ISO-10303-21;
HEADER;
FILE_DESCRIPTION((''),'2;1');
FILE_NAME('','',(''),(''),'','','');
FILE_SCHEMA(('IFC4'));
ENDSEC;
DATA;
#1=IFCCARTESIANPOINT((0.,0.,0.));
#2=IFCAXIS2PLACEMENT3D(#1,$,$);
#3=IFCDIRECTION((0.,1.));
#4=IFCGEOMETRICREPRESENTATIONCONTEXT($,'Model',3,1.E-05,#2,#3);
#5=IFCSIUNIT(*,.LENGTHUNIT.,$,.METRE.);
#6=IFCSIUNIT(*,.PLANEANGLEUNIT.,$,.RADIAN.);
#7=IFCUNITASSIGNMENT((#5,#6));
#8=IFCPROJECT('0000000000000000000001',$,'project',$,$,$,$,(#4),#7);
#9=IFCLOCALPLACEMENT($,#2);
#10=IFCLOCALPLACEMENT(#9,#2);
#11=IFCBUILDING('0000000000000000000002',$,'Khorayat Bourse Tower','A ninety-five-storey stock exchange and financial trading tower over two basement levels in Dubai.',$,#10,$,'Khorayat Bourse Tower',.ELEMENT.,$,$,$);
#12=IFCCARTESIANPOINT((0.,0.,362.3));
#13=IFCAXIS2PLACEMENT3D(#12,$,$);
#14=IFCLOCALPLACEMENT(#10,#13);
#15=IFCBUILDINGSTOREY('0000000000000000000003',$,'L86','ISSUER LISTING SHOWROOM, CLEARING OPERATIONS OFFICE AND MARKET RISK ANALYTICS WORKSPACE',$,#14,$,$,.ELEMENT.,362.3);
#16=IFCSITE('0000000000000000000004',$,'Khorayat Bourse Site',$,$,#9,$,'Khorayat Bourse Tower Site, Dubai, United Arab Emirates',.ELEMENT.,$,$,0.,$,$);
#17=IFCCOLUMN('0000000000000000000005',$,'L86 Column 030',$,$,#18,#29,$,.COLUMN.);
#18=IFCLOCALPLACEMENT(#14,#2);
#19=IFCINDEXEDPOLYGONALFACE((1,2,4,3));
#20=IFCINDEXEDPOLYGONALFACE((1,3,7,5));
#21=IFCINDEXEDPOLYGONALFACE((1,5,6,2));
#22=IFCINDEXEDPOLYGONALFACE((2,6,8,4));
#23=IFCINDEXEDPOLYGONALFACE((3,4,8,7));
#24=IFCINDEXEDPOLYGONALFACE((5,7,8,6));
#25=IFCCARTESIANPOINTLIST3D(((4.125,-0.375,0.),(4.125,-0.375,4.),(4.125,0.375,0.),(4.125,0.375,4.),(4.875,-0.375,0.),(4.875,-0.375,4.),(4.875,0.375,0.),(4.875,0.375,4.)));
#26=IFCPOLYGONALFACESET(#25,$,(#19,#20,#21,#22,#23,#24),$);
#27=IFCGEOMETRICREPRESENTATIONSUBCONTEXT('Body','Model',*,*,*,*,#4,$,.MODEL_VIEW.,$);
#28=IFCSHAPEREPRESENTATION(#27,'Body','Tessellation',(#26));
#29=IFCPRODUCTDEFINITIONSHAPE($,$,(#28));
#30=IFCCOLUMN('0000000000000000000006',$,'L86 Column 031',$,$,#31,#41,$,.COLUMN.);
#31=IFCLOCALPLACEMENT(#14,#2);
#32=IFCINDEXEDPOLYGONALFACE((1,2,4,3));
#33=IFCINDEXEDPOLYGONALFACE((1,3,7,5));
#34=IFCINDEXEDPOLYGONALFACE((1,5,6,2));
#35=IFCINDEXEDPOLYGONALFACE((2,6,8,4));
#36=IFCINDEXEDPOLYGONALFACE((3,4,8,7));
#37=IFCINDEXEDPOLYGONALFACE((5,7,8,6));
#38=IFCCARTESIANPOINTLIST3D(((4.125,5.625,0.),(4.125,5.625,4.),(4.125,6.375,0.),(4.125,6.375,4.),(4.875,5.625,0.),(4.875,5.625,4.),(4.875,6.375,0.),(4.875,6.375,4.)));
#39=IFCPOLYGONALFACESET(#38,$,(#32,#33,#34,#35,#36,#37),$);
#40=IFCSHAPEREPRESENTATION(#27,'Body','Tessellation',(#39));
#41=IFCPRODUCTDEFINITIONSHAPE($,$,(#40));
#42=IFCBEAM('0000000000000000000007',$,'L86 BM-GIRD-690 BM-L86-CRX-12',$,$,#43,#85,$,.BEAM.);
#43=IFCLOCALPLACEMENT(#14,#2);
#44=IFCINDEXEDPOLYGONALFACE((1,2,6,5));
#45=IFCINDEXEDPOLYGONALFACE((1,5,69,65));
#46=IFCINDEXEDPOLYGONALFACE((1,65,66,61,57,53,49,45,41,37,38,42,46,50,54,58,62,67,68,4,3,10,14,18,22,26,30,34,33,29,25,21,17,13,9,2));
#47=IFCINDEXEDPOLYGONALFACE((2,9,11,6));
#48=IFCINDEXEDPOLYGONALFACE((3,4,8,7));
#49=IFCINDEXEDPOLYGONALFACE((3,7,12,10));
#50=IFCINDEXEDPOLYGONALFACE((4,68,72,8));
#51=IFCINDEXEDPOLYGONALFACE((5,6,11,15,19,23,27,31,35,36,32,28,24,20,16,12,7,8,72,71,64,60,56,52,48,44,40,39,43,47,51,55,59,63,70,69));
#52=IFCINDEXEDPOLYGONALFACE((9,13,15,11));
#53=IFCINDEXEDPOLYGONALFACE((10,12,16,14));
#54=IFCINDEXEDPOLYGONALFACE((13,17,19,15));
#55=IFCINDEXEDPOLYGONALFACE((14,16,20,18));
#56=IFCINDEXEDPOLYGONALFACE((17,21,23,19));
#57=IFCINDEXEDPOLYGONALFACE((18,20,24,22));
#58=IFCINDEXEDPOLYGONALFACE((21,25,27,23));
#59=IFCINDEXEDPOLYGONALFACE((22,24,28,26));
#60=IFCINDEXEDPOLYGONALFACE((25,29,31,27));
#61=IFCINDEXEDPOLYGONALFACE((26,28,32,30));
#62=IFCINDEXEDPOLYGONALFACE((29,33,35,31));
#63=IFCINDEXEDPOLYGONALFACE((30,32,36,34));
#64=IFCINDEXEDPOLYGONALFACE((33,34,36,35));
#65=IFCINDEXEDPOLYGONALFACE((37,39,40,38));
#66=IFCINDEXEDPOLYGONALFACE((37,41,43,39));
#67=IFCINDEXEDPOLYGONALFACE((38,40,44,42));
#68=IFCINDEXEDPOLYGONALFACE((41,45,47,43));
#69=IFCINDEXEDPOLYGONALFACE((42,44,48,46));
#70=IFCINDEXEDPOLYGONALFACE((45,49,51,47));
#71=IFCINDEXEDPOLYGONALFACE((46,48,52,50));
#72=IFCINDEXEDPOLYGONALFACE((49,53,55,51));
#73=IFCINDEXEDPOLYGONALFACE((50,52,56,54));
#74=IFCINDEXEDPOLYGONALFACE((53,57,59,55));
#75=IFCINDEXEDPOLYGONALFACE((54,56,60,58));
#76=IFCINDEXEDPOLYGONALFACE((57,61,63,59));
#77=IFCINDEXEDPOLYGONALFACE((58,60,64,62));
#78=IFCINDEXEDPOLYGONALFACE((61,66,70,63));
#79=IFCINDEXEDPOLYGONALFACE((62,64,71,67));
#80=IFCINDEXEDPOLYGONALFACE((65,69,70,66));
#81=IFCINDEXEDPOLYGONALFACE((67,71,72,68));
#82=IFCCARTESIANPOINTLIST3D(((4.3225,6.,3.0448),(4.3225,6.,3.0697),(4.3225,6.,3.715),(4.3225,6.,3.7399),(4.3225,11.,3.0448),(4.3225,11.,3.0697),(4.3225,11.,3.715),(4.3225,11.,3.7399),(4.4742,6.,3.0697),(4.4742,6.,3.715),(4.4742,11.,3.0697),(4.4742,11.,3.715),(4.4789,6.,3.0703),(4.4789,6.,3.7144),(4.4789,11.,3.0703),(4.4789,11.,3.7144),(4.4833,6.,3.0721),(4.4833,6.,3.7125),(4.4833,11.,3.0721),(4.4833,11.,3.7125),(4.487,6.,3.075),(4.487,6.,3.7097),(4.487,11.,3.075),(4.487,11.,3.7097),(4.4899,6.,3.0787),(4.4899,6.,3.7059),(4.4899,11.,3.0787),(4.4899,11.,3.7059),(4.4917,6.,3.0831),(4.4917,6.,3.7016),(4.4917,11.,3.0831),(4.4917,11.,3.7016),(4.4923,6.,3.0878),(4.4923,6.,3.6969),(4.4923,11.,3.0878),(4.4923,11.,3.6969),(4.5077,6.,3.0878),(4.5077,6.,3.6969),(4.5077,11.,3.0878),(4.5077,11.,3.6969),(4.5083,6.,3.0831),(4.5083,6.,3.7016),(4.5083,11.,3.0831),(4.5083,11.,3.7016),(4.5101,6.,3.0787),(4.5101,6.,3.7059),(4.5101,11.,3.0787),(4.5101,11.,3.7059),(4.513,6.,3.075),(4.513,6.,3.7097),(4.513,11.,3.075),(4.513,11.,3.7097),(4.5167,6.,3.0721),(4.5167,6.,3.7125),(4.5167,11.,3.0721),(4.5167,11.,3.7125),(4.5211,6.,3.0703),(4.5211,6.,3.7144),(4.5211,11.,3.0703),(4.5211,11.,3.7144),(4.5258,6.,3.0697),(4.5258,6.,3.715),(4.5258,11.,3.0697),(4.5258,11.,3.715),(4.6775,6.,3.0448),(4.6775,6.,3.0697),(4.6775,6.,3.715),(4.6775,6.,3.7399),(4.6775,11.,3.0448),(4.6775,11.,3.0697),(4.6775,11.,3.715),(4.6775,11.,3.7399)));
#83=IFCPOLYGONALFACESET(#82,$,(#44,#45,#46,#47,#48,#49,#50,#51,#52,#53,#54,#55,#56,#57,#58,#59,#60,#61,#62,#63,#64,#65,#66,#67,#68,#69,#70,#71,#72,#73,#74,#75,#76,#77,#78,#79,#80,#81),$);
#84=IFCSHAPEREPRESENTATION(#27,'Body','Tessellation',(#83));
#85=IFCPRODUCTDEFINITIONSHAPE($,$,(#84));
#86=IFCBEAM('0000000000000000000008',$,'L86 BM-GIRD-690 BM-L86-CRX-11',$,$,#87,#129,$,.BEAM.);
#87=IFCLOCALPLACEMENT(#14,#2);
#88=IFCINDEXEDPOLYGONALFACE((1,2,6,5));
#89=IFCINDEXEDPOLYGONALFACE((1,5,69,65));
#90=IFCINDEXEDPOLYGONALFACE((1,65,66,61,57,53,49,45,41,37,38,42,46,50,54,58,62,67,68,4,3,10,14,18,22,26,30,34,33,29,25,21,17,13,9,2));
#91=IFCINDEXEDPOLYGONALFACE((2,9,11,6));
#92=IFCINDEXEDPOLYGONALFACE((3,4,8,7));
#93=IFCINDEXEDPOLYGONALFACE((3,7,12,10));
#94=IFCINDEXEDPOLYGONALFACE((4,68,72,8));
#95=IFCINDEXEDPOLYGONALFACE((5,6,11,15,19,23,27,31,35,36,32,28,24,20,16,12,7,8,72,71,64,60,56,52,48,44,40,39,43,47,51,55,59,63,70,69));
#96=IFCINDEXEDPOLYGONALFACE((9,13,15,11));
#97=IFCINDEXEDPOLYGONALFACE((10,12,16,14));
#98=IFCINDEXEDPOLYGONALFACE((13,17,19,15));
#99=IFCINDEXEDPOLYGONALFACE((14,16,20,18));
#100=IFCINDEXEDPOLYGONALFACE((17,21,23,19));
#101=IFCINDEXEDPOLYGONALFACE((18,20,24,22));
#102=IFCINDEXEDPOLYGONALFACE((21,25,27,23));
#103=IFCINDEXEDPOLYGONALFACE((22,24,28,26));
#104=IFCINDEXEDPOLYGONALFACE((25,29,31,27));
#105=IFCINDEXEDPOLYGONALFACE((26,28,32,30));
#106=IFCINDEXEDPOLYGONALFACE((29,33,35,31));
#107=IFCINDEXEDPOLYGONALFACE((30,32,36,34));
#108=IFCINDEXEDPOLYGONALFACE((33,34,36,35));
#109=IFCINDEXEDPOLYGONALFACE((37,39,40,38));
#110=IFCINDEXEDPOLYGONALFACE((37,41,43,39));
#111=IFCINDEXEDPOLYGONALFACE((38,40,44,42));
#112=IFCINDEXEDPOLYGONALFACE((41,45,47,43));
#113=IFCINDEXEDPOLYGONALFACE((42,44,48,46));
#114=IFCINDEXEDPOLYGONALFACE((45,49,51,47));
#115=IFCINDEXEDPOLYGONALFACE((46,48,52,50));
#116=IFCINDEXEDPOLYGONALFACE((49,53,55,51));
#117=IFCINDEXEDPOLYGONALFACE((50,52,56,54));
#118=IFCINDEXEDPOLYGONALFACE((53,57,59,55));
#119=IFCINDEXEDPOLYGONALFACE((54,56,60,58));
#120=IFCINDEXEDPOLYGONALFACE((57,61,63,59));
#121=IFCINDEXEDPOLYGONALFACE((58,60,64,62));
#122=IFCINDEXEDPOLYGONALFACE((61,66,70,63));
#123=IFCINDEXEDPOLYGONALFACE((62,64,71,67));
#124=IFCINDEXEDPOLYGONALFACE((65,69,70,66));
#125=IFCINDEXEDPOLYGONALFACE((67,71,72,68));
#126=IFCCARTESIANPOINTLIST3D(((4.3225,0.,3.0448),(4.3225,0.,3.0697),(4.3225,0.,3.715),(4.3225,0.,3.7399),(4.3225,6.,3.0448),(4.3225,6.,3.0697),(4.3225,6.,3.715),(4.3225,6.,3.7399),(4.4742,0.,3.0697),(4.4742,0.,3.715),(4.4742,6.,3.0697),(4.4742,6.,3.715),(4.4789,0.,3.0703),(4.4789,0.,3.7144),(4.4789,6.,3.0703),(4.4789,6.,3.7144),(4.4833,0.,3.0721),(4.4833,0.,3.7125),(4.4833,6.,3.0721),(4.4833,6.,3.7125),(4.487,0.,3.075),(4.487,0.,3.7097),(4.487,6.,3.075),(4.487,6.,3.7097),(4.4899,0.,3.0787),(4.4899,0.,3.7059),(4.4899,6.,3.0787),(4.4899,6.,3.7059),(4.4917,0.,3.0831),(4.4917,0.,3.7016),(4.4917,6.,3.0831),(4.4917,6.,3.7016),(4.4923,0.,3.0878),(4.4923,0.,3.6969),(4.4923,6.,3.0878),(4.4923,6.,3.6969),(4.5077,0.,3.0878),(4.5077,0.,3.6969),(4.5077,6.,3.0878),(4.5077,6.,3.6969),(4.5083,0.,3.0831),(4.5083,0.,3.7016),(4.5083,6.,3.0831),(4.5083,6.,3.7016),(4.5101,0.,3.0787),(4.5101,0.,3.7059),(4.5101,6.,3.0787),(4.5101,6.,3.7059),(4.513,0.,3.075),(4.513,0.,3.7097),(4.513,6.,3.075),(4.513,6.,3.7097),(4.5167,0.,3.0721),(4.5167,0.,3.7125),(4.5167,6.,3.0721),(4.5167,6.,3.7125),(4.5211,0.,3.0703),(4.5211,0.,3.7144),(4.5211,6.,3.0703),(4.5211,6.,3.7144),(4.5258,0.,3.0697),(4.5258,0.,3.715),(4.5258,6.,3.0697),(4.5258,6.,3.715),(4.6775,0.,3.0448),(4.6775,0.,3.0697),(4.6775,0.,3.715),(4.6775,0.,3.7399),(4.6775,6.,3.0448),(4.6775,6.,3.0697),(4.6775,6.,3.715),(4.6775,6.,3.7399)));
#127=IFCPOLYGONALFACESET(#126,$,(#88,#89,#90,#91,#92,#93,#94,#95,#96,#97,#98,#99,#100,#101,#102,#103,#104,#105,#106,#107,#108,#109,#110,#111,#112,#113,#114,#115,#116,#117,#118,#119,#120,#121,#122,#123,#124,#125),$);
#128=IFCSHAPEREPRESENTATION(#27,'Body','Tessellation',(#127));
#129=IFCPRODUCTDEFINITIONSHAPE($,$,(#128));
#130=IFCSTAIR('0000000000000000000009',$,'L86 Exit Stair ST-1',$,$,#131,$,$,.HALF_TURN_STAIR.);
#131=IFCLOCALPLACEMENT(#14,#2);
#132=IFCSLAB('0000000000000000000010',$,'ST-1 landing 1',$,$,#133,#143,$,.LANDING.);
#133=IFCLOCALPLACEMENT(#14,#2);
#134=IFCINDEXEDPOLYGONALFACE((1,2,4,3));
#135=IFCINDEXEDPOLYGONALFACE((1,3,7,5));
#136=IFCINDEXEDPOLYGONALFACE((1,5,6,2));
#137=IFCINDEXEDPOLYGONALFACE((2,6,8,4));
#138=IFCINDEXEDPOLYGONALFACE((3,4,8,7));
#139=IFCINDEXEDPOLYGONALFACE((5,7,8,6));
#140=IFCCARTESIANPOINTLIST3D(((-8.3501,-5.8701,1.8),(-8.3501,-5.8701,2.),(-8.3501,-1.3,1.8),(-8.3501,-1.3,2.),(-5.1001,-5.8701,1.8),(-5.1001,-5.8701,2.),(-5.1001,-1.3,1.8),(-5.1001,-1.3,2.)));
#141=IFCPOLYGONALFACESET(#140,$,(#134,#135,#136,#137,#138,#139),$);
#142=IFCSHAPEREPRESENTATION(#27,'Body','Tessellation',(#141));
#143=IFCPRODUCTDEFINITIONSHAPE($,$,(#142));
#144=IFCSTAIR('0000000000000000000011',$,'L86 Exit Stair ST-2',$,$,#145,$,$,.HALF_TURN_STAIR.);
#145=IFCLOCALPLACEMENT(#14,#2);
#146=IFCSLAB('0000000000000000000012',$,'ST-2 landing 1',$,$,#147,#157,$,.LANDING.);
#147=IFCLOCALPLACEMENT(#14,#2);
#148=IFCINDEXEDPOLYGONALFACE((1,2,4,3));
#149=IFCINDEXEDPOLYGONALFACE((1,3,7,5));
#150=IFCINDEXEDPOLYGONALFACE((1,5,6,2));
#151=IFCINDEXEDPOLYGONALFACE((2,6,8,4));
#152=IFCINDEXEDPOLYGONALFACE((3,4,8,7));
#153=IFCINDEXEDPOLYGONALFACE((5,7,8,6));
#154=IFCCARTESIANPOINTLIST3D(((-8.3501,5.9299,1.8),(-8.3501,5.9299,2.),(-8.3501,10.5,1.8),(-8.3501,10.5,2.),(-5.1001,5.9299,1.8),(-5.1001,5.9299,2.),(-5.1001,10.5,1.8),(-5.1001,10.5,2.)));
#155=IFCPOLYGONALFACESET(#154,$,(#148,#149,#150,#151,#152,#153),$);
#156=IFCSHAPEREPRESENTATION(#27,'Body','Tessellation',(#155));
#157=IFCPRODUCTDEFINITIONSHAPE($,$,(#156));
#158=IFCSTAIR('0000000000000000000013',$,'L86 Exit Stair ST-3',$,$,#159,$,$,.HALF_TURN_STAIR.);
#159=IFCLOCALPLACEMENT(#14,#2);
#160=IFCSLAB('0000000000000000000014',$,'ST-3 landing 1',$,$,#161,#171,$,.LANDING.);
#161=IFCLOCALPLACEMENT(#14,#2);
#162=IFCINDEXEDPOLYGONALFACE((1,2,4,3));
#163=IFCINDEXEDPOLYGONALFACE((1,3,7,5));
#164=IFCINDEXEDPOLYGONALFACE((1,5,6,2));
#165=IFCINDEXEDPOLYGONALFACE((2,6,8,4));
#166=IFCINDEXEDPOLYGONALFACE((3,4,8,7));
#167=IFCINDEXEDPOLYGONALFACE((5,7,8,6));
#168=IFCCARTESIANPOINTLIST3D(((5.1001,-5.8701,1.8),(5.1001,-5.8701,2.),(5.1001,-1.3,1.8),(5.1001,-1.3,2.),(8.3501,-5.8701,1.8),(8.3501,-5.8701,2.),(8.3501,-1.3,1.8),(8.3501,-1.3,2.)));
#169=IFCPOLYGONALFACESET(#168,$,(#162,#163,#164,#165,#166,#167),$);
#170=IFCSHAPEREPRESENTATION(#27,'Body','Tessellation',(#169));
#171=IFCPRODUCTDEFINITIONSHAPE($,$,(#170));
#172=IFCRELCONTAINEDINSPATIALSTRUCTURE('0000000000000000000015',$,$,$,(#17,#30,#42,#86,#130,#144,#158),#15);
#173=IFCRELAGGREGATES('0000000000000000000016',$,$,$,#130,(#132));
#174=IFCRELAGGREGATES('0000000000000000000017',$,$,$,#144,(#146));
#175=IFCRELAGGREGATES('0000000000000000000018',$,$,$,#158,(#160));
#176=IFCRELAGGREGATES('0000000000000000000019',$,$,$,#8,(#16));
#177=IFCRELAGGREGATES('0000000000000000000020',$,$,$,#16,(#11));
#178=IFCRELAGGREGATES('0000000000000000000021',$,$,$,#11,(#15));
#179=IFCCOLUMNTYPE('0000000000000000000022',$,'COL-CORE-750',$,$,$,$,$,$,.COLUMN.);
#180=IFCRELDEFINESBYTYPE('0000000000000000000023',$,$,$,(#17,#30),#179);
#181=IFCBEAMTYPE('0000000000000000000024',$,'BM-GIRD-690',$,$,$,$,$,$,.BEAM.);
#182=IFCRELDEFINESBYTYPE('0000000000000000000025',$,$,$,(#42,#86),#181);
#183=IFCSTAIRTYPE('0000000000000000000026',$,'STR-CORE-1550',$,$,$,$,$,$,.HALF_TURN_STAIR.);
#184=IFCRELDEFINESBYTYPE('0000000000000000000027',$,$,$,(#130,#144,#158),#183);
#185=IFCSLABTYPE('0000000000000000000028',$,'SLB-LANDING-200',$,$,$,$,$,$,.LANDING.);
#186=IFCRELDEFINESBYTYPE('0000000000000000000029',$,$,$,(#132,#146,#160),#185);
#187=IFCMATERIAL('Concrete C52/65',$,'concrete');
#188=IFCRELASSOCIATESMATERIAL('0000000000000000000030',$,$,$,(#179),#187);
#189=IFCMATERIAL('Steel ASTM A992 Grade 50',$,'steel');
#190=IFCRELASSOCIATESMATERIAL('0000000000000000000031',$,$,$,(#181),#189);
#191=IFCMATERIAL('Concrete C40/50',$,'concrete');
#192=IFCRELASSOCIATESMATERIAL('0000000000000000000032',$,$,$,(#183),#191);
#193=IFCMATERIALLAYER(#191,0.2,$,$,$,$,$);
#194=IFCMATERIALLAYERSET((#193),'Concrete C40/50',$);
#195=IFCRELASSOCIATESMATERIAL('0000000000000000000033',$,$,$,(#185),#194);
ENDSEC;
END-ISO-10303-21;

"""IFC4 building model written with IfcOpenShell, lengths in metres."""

from ifc_helpers import new_model, si_unit, direction, frame, origin, origin_2d, place, context, subcontext, project, spatial, polyline, rectangle, i_section, outline, extrude, source, transform, mapped, material, layer, layer_set, material_profile, profile_set, type_object, element, aggregate, save


model = new_model("IFC4")

# Units and contexts
model_context = context("Model", 3, precision=1e-05, world=origin(), true_north=direction((0.0, 1.0)))
body_context = subcontext(model_context, "Body", "Model", "MODEL_VIEW")
ifc_project = project(units=[si_unit("LENGTHUNIT", "METRE"), si_unit("PLANEANGLEUNIT", "RADIAN")], contexts=[model_context])

# Site, building, storey
site_placement = place(None, origin())
site = spatial("IfcSite", under=ifc_project, at=site_placement, Name="Khorayat Bourse Site", LongName="Khorayat Bourse Tower Site, Dubai, United Arab Emirates", CompositionType="ELEMENT", RefElevation=0.0)
building_placement = place(site_placement, origin())
building = spatial("IfcBuilding", under=site, at=building_placement, Name="Khorayat Bourse Tower", Description="A ninety-five-storey stock exchange and financial trading tower over two basement levels in Dubai.", LongName="Khorayat Bourse Tower", CompositionType="ELEMENT")
storey_placement = place(building_placement, frame((0.0, 0.0, 362.3)))
storey = spatial("IfcBuildingStorey", under=building, at=storey_placement, Name="L86", Description="ISSUER LISTING SHOWROOM, CLEARING OPERATIONS OFFICE AND MARKET RISK ANALYTICS WORKSPACE", CompositionType="ELEMENT", Elevation=362.3)

# Columns
ifc_material_1 = material(Name="Concrete C52/65", Category="concrete")
ifc_material_profile_1 = material_profile(ifc_material_1, rectangle(XDim=0.75, YDim=0.75, at=origin_2d()), Name="RC 750x750")
ifc_profile_set_1 = profile_set([ifc_material_profile_1], Name="Concrete C52/65")
column_type = type_object("IfcColumnType", Name="COL-CORE-750", PredefinedType="COLUMN", material=ifc_profile_set_1)
shared_shape_1 = source(origin(), body_context, "Body", "SweptSolid", [
    extrude(rectangle(XDim=0.75, YDim=0.75, at=origin_2d()), origin(), (0.0, 0.0, 1.0), 4.0),
])
for number, where, z_axis, x_axis, name in (
    (1, (4.5, 0.0, 0.0), (0.0, 0.0, 1.0), (1.0, 0.0, 0.0), "L86 Column 030"),
    (2, (4.5, 6.0, 0.0), (0.0, 0.0, 1.0), (1.0, 0.0, 0.0), "L86 Column 031"),
):
    element("IfcColumn", number, at=place(storey_placement, frame(where, z_axis=z_axis, x_axis=x_axis)), inside=storey, type_object=column_type, Name=name, PredefinedType="COLUMN", context=body_context, shape_type="MappedRepresentation", body=[
        mapped(shared_shape_1, transform((0.0, 0.0, 0.0), scale=1.0)),
    ])

# Beams
ifc_material_2 = material(Name="Steel ASTM A992 Grade 50", Category="steel")
ifc_material_profile_2 = material_profile(ifc_material_2, i_section(OverallWidth=0.355, OverallDepth=0.6951, WebThickness=0.0154, FlangeThickness=0.0249, FilletRadius=0.0181, at=origin_2d()), Name="W690X217")
ifc_profile_set_2 = profile_set([ifc_material_profile_2], Name="Steel ASTM A992 Grade 50")
beam_type = type_object("IfcBeamType", Name="BM-GIRD-690", PredefinedType="BEAM", material=ifc_profile_set_2)
shared_shape_2 = source(origin(), body_context, "Body", "SweptSolid", [
    extrude(i_section(OverallWidth=0.355, OverallDepth=0.6951, WebThickness=0.0154, FlangeThickness=0.0249, FilletRadius=0.0181, at=origin_2d()), origin(), (0.0, 0.0, 1.0), 5.0),
])
beam_1_placement = place(storey_placement, frame((4.5, 6.0, 3.3923), z_axis=(0.0, 1.0, 0.0), x_axis=(-1.0, 0.0, 0.0)))
element("IfcBeam", 3, at=beam_1_placement, inside=storey, type_object=beam_type, Name="L86 BM-GIRD-690 BM-L86-CRX-12", PredefinedType="BEAM", context=body_context, shape_type="MappedRepresentation", body=[
    mapped(shared_shape_2, transform((0.0, 0.0, 0.0), scale=1.0)),
])
shared_shape_3 = source(origin(), body_context, "Body", "SweptSolid", [
    extrude(i_section(OverallWidth=0.355, OverallDepth=0.6951, WebThickness=0.0154, FlangeThickness=0.0249, FilletRadius=0.0181, at=origin_2d()), origin(), (0.0, 0.0, 1.0), 6.0),
])
beam_2_placement = place(storey_placement, frame((4.5, 0.0, 3.3923), z_axis=(0.0, 1.0, 0.0), x_axis=(-1.0, 0.0, 0.0)))
element("IfcBeam", 4, at=beam_2_placement, inside=storey, type_object=beam_type, Name="L86 BM-GIRD-690 BM-L86-CRX-11", PredefinedType="BEAM", context=body_context, shape_type="MappedRepresentation", body=[
    mapped(shared_shape_3, transform((0.0, 0.0, 0.0), scale=1.0)),
])

# Stairs, slabs
ifc_material_3 = material(Name="Concrete C40/50", Category="concrete")
stair_type = type_object("IfcStairType", Name="STR-CORE-1550", PredefinedType="HALF_TURN_STAIR", material=ifc_material_3)
stair_1_placement = place(storey_placement, origin())
stair_1 = element("IfcStair", 5, at=stair_1_placement, inside=storey, type_object=stair_type, Name="L86 Exit Stair ST-1", PredefinedType="HALF_TURN_STAIR")
ifc_layer_1 = layer(ifc_material_3, 0.2)
ifc_layer_set_1 = layer_set([ifc_layer_1], Name="Concrete C40/50")
slab_type_1 = type_object("IfcSlabType", Name="SLB-LANDING-200", PredefinedType="LANDING", material=ifc_layer_set_1)
slab_1_placement = place(storey_placement, frame((0.0, 0.0, 1.8)))
slab_1 = element("IfcSlab", 6, at=slab_1_placement, type_object=slab_type_1, Name="ST-1 landing 1", PredefinedType="LANDING", context=body_context, shape_type="SweptSolid", body=[
    extrude(outline(polyline([(-5.1001, -5.8701), (-5.1001, -1.3), (-8.3501, -1.3), (-8.3501, -5.8701), (-5.1001, -5.8701)])), origin(), (0.0, 0.0, 1.0), 0.2),
])
aggregate(stair_1, [slab_1])
stair_2_placement = place(storey_placement, origin())
stair_2 = element("IfcStair", 7, at=stair_2_placement, inside=storey, type_object=stair_type, Name="L86 Exit Stair ST-2", PredefinedType="HALF_TURN_STAIR")
slab_2_placement = place(storey_placement, frame((0.0, 0.0, 1.8)))
slab_2 = element("IfcSlab", 8, at=slab_2_placement, type_object=slab_type_1, Name="ST-2 landing 1", PredefinedType="LANDING", context=body_context, shape_type="SweptSolid", body=[
    extrude(outline(polyline([(-5.1001, 5.9299), (-5.1001, 10.5), (-8.3501, 10.5), (-8.3501, 5.9299), (-5.1001, 5.9299)])), origin(), (0.0, 0.0, 1.0), 0.2),
])
aggregate(stair_2, [slab_2])
stair_3_placement = place(storey_placement, origin())
stair_3 = element("IfcStair", 9, at=stair_3_placement, inside=storey, type_object=stair_type, Name="L86 Exit Stair ST-3", PredefinedType="HALF_TURN_STAIR")
slab_3_placement = place(storey_placement, frame((0.0, 0.0, 1.8)))
slab_3 = element("IfcSlab", 10, at=slab_3_placement, type_object=slab_type_1, Name="ST-3 landing 1", PredefinedType="LANDING", context=body_context, shape_type="SweptSolid", body=[
    extrude(outline(polyline([(8.3501, -5.8701), (8.3501, -1.3), (5.1001, -1.3), (5.1001, -5.8701), (8.3501, -5.8701)])), origin(), (0.0, 0.0, 1.0), 0.2),
])
aggregate(stair_3, [slab_3])

save(model, "model.ifc")
